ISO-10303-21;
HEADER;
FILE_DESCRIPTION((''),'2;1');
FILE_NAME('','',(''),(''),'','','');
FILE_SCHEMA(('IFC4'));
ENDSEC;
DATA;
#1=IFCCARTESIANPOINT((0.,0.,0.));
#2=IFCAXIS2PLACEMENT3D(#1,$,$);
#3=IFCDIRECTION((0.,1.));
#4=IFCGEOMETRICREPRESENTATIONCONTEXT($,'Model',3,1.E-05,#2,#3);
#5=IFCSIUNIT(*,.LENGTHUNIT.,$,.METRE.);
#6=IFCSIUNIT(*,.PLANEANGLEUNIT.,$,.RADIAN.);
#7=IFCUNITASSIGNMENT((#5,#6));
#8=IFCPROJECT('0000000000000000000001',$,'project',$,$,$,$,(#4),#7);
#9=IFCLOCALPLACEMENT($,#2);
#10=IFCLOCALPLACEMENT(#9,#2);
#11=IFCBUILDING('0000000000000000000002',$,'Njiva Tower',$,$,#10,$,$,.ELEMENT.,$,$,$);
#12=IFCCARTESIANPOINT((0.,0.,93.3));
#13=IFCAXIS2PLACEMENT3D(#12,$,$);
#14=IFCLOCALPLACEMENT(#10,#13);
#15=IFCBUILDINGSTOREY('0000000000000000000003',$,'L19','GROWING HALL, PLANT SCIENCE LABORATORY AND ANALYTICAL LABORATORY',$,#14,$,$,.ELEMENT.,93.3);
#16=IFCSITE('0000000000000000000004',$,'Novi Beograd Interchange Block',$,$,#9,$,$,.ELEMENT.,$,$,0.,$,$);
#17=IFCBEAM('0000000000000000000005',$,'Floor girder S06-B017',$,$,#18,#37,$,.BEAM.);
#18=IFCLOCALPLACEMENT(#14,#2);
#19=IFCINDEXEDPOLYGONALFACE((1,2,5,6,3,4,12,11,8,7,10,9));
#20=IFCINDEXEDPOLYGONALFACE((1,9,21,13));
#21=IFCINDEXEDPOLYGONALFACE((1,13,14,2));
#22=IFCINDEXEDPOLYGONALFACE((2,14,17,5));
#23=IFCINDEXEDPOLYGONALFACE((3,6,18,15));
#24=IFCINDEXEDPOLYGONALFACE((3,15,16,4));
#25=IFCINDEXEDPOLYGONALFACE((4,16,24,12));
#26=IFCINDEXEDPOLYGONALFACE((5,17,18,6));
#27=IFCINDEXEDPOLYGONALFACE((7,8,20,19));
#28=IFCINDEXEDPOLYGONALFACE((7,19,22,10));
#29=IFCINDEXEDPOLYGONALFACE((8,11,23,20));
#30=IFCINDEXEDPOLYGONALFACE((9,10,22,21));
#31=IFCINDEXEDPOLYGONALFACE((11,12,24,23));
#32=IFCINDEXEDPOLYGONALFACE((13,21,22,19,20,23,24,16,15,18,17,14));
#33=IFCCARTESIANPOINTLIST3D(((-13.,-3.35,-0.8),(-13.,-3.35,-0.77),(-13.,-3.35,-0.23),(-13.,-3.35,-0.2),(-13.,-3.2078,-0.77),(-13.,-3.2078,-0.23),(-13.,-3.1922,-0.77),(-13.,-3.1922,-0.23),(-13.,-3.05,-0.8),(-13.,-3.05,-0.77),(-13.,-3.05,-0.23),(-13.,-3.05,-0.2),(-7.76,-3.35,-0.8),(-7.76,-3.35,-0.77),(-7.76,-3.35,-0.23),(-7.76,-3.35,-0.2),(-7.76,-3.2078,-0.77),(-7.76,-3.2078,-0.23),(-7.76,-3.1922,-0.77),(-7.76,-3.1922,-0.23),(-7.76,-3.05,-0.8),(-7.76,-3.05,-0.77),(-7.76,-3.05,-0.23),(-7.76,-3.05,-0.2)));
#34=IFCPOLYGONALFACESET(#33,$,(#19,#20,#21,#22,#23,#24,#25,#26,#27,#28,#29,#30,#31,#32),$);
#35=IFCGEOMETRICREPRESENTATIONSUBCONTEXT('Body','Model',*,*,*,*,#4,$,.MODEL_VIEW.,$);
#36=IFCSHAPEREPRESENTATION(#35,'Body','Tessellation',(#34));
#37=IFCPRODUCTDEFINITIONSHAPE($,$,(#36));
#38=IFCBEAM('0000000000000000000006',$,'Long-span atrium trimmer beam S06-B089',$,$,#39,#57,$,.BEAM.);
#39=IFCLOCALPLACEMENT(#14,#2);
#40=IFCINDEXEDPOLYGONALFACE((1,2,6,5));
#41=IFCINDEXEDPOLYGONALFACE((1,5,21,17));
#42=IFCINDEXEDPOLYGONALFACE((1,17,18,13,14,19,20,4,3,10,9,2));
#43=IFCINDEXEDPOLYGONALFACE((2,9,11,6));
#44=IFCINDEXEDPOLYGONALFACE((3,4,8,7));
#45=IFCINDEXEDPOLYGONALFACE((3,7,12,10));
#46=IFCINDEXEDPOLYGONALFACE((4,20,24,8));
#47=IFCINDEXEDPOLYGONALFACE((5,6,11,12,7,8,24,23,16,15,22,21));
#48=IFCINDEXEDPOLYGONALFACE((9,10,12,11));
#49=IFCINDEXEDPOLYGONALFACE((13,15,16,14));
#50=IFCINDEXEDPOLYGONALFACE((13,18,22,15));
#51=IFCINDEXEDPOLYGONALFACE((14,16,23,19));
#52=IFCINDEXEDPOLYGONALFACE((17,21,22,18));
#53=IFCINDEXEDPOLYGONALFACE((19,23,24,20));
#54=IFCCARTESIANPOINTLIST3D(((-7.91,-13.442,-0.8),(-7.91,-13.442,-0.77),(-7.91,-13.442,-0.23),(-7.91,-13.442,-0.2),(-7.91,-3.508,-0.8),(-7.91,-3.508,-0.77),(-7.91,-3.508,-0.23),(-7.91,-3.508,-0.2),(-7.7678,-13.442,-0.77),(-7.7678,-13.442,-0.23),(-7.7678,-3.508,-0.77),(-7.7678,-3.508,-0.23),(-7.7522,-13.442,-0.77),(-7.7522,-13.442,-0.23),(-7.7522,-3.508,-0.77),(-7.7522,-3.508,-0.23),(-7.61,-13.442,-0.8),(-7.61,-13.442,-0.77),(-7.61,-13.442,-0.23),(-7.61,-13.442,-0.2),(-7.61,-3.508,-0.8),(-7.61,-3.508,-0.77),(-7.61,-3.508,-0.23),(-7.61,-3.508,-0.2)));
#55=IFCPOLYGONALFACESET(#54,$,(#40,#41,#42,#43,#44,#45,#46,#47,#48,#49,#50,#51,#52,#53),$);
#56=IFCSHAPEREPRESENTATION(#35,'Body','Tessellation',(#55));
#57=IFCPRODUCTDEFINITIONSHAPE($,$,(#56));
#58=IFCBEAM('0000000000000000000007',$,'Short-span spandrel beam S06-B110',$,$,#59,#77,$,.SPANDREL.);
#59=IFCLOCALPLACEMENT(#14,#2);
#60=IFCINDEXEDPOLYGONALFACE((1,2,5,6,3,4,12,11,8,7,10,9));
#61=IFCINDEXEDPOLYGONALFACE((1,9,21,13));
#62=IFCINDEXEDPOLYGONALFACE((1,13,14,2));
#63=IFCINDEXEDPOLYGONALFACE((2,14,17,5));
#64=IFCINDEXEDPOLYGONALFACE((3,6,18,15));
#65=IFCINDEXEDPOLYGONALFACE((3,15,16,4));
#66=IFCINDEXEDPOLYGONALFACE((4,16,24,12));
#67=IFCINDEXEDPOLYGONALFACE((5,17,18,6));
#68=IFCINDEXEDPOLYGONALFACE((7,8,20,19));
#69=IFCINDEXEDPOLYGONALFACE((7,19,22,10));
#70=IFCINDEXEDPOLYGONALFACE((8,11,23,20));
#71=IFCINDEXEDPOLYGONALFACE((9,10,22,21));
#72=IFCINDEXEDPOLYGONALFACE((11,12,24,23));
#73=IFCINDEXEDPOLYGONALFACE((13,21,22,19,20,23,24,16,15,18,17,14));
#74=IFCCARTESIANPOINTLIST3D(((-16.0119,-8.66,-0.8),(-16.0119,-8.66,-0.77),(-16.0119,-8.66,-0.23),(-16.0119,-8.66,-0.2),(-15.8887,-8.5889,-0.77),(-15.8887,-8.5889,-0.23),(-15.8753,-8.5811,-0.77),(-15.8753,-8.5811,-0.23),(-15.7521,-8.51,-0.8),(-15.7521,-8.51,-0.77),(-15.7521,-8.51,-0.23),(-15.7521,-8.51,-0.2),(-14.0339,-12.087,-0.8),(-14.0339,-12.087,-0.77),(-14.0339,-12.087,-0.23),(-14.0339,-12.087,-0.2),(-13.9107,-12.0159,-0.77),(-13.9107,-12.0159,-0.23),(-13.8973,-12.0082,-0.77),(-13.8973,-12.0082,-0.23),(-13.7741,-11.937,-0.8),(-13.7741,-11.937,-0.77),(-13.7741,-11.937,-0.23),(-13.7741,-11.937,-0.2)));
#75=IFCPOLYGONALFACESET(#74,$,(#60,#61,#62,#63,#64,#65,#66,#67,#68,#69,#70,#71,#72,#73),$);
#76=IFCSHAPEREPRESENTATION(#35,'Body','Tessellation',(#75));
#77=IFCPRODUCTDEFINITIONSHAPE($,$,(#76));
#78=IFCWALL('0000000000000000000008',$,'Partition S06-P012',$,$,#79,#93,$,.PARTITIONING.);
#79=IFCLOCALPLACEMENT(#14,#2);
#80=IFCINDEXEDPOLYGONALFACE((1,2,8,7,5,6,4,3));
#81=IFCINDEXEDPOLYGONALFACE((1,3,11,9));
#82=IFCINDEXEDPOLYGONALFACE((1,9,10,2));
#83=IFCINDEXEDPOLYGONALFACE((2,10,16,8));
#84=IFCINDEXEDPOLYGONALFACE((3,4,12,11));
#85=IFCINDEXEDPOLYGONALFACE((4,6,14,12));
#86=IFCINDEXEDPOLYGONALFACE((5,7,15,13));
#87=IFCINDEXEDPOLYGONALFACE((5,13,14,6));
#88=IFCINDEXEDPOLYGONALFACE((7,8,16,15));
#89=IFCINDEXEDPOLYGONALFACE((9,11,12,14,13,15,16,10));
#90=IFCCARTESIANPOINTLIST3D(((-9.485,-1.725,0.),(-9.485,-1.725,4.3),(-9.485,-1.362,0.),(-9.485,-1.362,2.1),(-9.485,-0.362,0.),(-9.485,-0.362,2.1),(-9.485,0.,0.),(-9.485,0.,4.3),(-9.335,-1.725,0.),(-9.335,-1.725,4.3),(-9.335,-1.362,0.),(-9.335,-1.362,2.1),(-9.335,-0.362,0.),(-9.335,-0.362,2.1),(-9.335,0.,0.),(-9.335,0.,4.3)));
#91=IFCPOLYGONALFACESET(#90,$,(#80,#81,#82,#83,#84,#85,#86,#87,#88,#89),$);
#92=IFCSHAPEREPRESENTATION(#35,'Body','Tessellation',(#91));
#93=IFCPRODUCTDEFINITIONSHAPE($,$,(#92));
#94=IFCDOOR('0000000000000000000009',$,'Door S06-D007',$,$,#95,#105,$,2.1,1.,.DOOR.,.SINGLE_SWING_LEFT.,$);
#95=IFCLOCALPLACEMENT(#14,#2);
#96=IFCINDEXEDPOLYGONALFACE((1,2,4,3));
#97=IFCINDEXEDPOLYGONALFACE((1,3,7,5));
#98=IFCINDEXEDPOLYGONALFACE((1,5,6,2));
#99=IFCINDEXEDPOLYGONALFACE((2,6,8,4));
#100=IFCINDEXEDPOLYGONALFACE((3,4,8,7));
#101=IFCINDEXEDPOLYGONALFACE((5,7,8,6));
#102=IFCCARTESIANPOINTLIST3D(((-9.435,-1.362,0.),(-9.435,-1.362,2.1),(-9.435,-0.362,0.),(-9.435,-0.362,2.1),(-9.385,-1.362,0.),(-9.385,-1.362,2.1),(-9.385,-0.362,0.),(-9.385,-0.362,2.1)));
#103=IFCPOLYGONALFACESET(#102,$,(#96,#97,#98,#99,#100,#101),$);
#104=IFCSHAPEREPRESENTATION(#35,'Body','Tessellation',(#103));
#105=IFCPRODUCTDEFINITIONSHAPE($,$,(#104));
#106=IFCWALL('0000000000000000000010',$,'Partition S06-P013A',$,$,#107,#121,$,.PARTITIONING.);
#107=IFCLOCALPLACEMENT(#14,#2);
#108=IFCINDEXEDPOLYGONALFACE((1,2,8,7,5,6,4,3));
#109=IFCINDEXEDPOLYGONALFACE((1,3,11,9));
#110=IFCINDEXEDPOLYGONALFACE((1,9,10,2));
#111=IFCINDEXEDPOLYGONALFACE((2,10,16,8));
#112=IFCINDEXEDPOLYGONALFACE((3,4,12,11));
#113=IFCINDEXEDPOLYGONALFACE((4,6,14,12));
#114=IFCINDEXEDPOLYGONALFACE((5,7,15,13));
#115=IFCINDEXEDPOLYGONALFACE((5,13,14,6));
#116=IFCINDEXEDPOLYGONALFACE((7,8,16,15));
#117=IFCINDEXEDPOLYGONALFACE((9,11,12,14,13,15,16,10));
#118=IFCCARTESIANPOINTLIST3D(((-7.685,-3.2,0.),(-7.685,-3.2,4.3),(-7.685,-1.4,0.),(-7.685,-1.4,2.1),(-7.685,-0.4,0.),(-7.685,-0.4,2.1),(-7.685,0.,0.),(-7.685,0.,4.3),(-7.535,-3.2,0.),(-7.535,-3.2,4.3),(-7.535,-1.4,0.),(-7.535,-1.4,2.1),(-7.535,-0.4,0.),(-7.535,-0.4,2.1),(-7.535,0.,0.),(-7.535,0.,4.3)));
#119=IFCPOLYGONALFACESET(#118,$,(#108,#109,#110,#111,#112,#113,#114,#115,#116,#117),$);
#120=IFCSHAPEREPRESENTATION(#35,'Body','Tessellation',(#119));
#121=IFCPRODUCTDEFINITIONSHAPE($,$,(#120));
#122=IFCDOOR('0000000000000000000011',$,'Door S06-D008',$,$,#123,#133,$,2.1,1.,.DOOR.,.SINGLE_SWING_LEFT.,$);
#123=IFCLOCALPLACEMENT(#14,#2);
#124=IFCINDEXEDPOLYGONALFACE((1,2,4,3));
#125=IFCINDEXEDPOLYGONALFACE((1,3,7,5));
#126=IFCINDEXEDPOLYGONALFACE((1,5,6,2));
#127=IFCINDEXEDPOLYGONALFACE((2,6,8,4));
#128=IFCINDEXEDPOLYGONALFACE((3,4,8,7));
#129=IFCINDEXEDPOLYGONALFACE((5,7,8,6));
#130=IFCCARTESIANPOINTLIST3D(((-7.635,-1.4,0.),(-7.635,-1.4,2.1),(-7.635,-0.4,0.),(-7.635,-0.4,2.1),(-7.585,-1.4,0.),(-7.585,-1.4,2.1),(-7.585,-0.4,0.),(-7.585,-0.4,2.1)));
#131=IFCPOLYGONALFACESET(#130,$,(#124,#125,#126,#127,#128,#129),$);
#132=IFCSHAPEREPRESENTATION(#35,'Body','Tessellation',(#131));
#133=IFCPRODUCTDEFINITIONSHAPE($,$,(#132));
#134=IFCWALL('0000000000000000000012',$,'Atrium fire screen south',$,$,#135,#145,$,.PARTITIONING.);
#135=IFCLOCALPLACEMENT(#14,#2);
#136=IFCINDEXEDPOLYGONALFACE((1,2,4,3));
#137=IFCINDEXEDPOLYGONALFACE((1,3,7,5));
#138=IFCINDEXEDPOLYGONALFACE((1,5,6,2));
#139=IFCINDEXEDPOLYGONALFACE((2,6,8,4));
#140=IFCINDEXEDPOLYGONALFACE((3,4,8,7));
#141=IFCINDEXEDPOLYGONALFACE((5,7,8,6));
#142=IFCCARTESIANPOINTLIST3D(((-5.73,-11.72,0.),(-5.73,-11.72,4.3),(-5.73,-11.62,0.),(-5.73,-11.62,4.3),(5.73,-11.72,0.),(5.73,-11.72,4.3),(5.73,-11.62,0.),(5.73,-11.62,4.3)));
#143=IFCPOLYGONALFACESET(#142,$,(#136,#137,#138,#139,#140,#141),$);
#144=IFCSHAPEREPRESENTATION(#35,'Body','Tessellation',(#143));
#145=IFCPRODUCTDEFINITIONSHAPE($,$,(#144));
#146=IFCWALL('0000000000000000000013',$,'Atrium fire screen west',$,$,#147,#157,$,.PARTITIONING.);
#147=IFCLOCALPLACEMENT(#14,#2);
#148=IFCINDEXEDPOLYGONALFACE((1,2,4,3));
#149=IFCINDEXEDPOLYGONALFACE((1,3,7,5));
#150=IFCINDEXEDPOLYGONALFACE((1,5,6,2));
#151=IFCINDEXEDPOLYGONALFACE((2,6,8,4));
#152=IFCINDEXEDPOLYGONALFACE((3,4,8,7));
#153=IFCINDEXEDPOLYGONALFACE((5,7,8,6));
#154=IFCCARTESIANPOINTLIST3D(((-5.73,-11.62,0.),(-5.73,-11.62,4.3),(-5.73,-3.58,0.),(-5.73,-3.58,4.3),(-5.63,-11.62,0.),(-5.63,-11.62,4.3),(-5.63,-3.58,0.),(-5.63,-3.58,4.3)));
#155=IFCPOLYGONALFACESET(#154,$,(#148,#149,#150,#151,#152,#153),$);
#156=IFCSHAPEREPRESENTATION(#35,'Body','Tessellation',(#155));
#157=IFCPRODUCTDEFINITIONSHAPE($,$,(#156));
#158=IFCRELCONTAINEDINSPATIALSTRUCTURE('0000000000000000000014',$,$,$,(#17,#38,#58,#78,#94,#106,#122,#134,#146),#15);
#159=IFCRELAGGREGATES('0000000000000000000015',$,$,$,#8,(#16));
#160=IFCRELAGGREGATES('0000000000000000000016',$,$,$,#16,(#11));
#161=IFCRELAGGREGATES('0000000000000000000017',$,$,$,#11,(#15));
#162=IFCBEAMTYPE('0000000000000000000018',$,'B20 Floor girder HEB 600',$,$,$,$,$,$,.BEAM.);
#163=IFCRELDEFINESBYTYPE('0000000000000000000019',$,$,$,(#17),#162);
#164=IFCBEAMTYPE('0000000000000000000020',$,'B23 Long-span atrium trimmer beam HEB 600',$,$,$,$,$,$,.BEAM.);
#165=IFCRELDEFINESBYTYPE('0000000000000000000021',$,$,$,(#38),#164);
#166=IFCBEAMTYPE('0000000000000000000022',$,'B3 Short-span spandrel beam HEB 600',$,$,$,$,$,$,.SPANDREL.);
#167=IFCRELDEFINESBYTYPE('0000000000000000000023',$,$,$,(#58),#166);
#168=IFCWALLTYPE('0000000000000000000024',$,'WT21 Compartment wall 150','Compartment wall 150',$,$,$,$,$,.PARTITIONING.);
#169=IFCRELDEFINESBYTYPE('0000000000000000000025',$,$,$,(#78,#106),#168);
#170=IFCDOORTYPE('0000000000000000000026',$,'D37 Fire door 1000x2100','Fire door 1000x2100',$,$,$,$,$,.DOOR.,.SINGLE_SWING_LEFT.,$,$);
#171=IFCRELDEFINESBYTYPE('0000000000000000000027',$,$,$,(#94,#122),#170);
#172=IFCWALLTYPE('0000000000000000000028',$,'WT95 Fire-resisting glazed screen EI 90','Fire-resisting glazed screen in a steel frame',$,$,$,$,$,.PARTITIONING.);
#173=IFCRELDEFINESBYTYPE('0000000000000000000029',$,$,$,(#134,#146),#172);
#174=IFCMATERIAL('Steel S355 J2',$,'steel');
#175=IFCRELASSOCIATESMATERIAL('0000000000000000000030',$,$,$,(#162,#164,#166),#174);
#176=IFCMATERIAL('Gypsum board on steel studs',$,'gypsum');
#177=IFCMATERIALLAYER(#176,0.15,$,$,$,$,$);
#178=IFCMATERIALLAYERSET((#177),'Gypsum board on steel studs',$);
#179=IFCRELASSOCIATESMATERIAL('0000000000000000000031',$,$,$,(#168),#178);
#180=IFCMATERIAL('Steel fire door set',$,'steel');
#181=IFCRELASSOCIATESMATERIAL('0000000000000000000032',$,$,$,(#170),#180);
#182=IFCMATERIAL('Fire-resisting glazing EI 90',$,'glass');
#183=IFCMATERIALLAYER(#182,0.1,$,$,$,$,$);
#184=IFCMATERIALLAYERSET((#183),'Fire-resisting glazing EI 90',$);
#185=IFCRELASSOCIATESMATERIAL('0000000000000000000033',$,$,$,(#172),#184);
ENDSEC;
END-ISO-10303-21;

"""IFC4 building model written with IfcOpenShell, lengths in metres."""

from ifc_helpers import new_model, si_unit, direction, frame, frame_2d, origin, origin_2d, place, context, subcontext, project, spatial, rectangle, i_section, extrude, material, layer, layer_set, material_profile, profile_set, type_object, element, fill, save


model = new_model("IFC4")

# Units and contexts
model_context = context("Model", 3, precision=1e-05, world=origin(), true_north=direction((0.0, 1.0)))
body_context = subcontext(model_context, "Body", "Model", "MODEL_VIEW")
ifc_project = project(units=[si_unit("LENGTHUNIT", "METRE"), si_unit("PLANEANGLEUNIT", "RADIAN")], contexts=[model_context])

# Site, building, storey
site_placement = place(None, origin())
site = spatial("IfcSite", under=ifc_project, at=site_placement, Name="Novi Beograd Interchange Block", CompositionType="ELEMENT", RefElevation=0.0)
building_placement = place(site_placement, origin())
building = spatial("IfcBuilding", under=site, at=building_placement, Name="Njiva Tower", CompositionType="ELEMENT")
storey_placement = place(building_placement, frame((0.0, 0.0, 93.3)))
storey = spatial("IfcBuildingStorey", under=building, at=storey_placement, Name="L19", Description="GROWING HALL, PLANT SCIENCE LABORATORY AND ANALYTICAL LABORATORY", CompositionType="ELEMENT", Elevation=93.3)

# Shared definitions
ifc_material_1 = material(Name="Steel S355 J2", Category="steel")

# Beams
ifc_material_profile_1 = material_profile(ifc_material_1, i_section(OverallWidth=0.3, OverallDepth=0.6, WebThickness=0.0155, FlangeThickness=0.03, at=origin_2d()), Name="HEB 600")
ifc_profile_set_1 = profile_set([ifc_material_profile_1], Name="Steel S355 J2")
beam_type_1 = type_object("IfcBeamType", Name="B20 Floor girder HEB 600", PredefinedType="BEAM", material=ifc_profile_set_1)
beam_1_placement = place(storey_placement, frame((-13.0, -3.2, -0.5), z_axis=(1.0, 0.0, 0.0), x_axis=(0.0, 1.0, 0.0)))
element("IfcBeam", 1, at=beam_1_placement, inside=storey, type_object=beam_type_1, Name="Floor girder S06-B017", PredefinedType="BEAM", context=body_context, shape_type="SweptSolid", body=[
    extrude(i_section(OverallWidth=0.3, OverallDepth=0.6, WebThickness=0.0155, FlangeThickness=0.03, at=origin_2d()), origin(), (0.0, 0.0, 1.0), 5.24),
])
ifc_material_profile_2 = material_profile(ifc_material_1, i_section(OverallWidth=0.3, OverallDepth=0.6, WebThickness=0.0155, FlangeThickness=0.03, at=origin_2d()), Name="HEB 600")
ifc_profile_set_2 = profile_set([ifc_material_profile_2], Name="Steel S355 J2")
beam_type_2 = type_object("IfcBeamType", Name="B23 Long-span atrium trimmer beam HEB 600", PredefinedType="BEAM", material=ifc_profile_set_2)
beam_2_placement = place(storey_placement, frame((-7.76, -3.508, -0.5), z_axis=(0.0, -1.0, 0.0), x_axis=(1.0, 0.0, 0.0)))
element("IfcBeam", 2, at=beam_2_placement, inside=storey, type_object=beam_type_2, Name="Long-span atrium trimmer beam S06-B089", PredefinedType="BEAM", context=body_context, shape_type="SweptSolid", body=[
    extrude(i_section(OverallWidth=0.3, OverallDepth=0.6, WebThickness=0.0155, FlangeThickness=0.03, at=origin_2d()), origin(), (0.0, 0.0, 1.0), 9.934),
])
ifc_material_profile_3 = material_profile(ifc_material_1, i_section(OverallWidth=0.3, OverallDepth=0.6, WebThickness=0.0155, FlangeThickness=0.03, at=origin_2d()), Name="HEB 600")
ifc_profile_set_3 = profile_set([ifc_material_profile_3], Name="Steel S355 J2")
beam_type_3 = type_object("IfcBeamType", Name="B3 Short-span spandrel beam HEB 600", PredefinedType="SPANDREL", material=ifc_profile_set_3)
beam_3_placement = place(storey_placement, frame((-15.882, -8.585, -0.5), z_axis=(0.49989, -0.866089, 0.0), x_axis=(0.866089, 0.49989, 0.0)))
element("IfcBeam", 3, at=beam_3_placement, inside=storey, type_object=beam_type_3, Name="Short-span spandrel beam S06-B110", PredefinedType="SPANDREL", context=body_context, shape_type="SweptSolid", body=[
    extrude(i_section(OverallWidth=0.3, OverallDepth=0.6, WebThickness=0.0155, FlangeThickness=0.03, at=origin_2d()), origin(), (0.0, 0.0, 1.0), 3.9569),
])

# Walls, openings, doors
ifc_material_2 = material(Name="Gypsum board on steel studs", Category="gypsum")
ifc_layer_1 = layer(ifc_material_2, 0.15)
ifc_layer_set_1 = layer_set([ifc_layer_1], Name="Gypsum board on steel studs")
wall_type_1 = type_object("IfcWallType", Name="WT21 Compartment wall 150", Description="Compartment wall 150", PredefinedType="PARTITIONING", material=ifc_layer_set_1)
wall_1_placement = place(storey_placement, frame((-9.41, -1.725, 0.0), z_axis=(0.0, 0.0, 1.0), x_axis=(0.0, 1.0, 0.0)))
wall_1 = element("IfcWall", 4, at=wall_1_placement, inside=storey, type_object=wall_type_1, Name="Partition S06-P012", PredefinedType="PARTITIONING", context=body_context, shape_type="SweptSolid", body=[
    extrude(rectangle(XDim=1.725, YDim=0.15, at=frame_2d((0.8625, 0.0))), origin(), (0.0, 0.0, 1.0), 4.3),
])
opening_1_placement = place(wall_1_placement, frame((0.363, 0.0, 0.0)))
opening_1 = element("IfcOpeningElement", 5, at=opening_1_placement, cuts=wall_1, PredefinedType="OPENING", context=body_context, shape_type="SweptSolid", body=[
    extrude(rectangle(XDim=1.0, YDim=2.1, at=frame_2d((0.5, 1.05))), frame((0.0, 0.085, 0.0), z_axis=(0.0, -1.0, 0.0), x_axis=(1.0, 0.0, 0.0)), (0.0, 0.0, 1.0), 0.17),
])
ifc_material_3 = material(Name="Steel fire door set", Category="steel")
door_type = type_object("IfcDoorType", Name="D37 Fire door 1000x2100", Description="Fire door 1000x2100", OperationType="SINGLE_SWING_LEFT", PredefinedType="DOOR", material=ifc_material_3)
door_1_placement = place(opening_1_placement, origin())
door_1 = element("IfcDoor", 6, at=door_1_placement, inside=storey, type_object=door_type, Name="Door S06-D007", OperationType="SINGLE_SWING_LEFT", OverallHeight=2.1, OverallWidth=1.0, PredefinedType="DOOR", context=body_context, shape_type="SweptSolid", body=[
    extrude(rectangle(XDim=1.0, YDim=2.1, at=frame_2d((0.5, 1.05))), frame((0.0, 0.025, 0.0), z_axis=(0.0, -1.0, 0.0), x_axis=(1.0, 0.0, 0.0)), (0.0, 0.0, 1.0), 0.05),
])
fill(opening_1, door_1)
wall_2_placement = place(storey_placement, frame((-7.61, -3.2, 0.0), z_axis=(0.0, 0.0, 1.0), x_axis=(0.0, 1.0, 0.0)))
wall_2 = element("IfcWall", 7, at=wall_2_placement, inside=storey, type_object=wall_type_1, Name="Partition S06-P013A", PredefinedType="PARTITIONING", context=body_context, shape_type="SweptSolid", body=[
    extrude(rectangle(XDim=3.2, YDim=0.15, at=frame_2d((1.6, 0.0))), origin(), (0.0, 0.0, 1.0), 4.3),
])
opening_2_placement = place(wall_2_placement, frame((1.8, 0.0, 0.0)))
opening_2 = element("IfcOpeningElement", 8, at=opening_2_placement, cuts=wall_2, PredefinedType="OPENING", context=body_context, shape_type="SweptSolid", body=[
    extrude(rectangle(XDim=1.0, YDim=2.1, at=frame_2d((0.5, 1.05))), frame((0.0, 0.085, 0.0), z_axis=(0.0, -1.0, 0.0), x_axis=(1.0, 0.0, 0.0)), (0.0, 0.0, 1.0), 0.17),
])
door_2_placement = place(opening_2_placement, origin())
door_2 = element("IfcDoor", 9, at=door_2_placement, inside=storey, type_object=door_type, Name="Door S06-D008", OperationType="SINGLE_SWING_LEFT", OverallHeight=2.1, OverallWidth=1.0, PredefinedType="DOOR", context=body_context, shape_type="SweptSolid", body=[
    extrude(rectangle(XDim=1.0, YDim=2.1, at=frame_2d((0.5, 1.05))), frame((0.0, 0.025, 0.0), z_axis=(0.0, -1.0, 0.0), x_axis=(1.0, 0.0, 0.0)), (0.0, 0.0, 1.0), 0.05),
])
fill(opening_2, door_2)

# Walls
ifc_material_4 = material(Name="Fire-resisting glazing EI 90", Category="glass")
ifc_layer_2 = layer(ifc_material_4, 0.1)
ifc_layer_set_2 = layer_set([ifc_layer_2], Name="Fire-resisting glazing EI 90")
wall_type_2 = type_object("IfcWallType", Name="WT95 Fire-resisting glazed screen EI 90", Description="Fire-resisting glazed screen in a steel frame", PredefinedType="PARTITIONING", material=ifc_layer_set_2)
wall_3_placement = place(storey_placement, frame((-5.73, -11.67, 0.0), z_axis=(0.0, 0.0, 1.0), x_axis=(1.0, 0.0, 0.0)))
element("IfcWall", 10, at=wall_3_placement, inside=storey, type_object=wall_type_2, Name="Atrium fire screen south", PredefinedType="PARTITIONING", context=body_context, shape_type="SweptSolid", body=[
    extrude(rectangle(XDim=11.46, YDim=0.1, at=frame_2d((5.73, 0.0))), origin(), (0.0, 0.0, 1.0), 4.3),
])
wall_4_placement = place(storey_placement, frame((-5.68, -3.58, 0.0), z_axis=(0.0, 0.0, 1.0), x_axis=(0.0, -1.0, 0.0)))
element("IfcWall", 11, at=wall_4_placement, inside=storey, type_object=wall_type_2, Name="Atrium fire screen west", PredefinedType="PARTITIONING", context=body_context, shape_type="SweptSolid", body=[
    extrude(rectangle(XDim=8.04, YDim=0.1, at=frame_2d((4.02, 0.0))), origin(), (0.0, 0.0, 1.0), 4.3),
])

save(model, "model.ifc")
